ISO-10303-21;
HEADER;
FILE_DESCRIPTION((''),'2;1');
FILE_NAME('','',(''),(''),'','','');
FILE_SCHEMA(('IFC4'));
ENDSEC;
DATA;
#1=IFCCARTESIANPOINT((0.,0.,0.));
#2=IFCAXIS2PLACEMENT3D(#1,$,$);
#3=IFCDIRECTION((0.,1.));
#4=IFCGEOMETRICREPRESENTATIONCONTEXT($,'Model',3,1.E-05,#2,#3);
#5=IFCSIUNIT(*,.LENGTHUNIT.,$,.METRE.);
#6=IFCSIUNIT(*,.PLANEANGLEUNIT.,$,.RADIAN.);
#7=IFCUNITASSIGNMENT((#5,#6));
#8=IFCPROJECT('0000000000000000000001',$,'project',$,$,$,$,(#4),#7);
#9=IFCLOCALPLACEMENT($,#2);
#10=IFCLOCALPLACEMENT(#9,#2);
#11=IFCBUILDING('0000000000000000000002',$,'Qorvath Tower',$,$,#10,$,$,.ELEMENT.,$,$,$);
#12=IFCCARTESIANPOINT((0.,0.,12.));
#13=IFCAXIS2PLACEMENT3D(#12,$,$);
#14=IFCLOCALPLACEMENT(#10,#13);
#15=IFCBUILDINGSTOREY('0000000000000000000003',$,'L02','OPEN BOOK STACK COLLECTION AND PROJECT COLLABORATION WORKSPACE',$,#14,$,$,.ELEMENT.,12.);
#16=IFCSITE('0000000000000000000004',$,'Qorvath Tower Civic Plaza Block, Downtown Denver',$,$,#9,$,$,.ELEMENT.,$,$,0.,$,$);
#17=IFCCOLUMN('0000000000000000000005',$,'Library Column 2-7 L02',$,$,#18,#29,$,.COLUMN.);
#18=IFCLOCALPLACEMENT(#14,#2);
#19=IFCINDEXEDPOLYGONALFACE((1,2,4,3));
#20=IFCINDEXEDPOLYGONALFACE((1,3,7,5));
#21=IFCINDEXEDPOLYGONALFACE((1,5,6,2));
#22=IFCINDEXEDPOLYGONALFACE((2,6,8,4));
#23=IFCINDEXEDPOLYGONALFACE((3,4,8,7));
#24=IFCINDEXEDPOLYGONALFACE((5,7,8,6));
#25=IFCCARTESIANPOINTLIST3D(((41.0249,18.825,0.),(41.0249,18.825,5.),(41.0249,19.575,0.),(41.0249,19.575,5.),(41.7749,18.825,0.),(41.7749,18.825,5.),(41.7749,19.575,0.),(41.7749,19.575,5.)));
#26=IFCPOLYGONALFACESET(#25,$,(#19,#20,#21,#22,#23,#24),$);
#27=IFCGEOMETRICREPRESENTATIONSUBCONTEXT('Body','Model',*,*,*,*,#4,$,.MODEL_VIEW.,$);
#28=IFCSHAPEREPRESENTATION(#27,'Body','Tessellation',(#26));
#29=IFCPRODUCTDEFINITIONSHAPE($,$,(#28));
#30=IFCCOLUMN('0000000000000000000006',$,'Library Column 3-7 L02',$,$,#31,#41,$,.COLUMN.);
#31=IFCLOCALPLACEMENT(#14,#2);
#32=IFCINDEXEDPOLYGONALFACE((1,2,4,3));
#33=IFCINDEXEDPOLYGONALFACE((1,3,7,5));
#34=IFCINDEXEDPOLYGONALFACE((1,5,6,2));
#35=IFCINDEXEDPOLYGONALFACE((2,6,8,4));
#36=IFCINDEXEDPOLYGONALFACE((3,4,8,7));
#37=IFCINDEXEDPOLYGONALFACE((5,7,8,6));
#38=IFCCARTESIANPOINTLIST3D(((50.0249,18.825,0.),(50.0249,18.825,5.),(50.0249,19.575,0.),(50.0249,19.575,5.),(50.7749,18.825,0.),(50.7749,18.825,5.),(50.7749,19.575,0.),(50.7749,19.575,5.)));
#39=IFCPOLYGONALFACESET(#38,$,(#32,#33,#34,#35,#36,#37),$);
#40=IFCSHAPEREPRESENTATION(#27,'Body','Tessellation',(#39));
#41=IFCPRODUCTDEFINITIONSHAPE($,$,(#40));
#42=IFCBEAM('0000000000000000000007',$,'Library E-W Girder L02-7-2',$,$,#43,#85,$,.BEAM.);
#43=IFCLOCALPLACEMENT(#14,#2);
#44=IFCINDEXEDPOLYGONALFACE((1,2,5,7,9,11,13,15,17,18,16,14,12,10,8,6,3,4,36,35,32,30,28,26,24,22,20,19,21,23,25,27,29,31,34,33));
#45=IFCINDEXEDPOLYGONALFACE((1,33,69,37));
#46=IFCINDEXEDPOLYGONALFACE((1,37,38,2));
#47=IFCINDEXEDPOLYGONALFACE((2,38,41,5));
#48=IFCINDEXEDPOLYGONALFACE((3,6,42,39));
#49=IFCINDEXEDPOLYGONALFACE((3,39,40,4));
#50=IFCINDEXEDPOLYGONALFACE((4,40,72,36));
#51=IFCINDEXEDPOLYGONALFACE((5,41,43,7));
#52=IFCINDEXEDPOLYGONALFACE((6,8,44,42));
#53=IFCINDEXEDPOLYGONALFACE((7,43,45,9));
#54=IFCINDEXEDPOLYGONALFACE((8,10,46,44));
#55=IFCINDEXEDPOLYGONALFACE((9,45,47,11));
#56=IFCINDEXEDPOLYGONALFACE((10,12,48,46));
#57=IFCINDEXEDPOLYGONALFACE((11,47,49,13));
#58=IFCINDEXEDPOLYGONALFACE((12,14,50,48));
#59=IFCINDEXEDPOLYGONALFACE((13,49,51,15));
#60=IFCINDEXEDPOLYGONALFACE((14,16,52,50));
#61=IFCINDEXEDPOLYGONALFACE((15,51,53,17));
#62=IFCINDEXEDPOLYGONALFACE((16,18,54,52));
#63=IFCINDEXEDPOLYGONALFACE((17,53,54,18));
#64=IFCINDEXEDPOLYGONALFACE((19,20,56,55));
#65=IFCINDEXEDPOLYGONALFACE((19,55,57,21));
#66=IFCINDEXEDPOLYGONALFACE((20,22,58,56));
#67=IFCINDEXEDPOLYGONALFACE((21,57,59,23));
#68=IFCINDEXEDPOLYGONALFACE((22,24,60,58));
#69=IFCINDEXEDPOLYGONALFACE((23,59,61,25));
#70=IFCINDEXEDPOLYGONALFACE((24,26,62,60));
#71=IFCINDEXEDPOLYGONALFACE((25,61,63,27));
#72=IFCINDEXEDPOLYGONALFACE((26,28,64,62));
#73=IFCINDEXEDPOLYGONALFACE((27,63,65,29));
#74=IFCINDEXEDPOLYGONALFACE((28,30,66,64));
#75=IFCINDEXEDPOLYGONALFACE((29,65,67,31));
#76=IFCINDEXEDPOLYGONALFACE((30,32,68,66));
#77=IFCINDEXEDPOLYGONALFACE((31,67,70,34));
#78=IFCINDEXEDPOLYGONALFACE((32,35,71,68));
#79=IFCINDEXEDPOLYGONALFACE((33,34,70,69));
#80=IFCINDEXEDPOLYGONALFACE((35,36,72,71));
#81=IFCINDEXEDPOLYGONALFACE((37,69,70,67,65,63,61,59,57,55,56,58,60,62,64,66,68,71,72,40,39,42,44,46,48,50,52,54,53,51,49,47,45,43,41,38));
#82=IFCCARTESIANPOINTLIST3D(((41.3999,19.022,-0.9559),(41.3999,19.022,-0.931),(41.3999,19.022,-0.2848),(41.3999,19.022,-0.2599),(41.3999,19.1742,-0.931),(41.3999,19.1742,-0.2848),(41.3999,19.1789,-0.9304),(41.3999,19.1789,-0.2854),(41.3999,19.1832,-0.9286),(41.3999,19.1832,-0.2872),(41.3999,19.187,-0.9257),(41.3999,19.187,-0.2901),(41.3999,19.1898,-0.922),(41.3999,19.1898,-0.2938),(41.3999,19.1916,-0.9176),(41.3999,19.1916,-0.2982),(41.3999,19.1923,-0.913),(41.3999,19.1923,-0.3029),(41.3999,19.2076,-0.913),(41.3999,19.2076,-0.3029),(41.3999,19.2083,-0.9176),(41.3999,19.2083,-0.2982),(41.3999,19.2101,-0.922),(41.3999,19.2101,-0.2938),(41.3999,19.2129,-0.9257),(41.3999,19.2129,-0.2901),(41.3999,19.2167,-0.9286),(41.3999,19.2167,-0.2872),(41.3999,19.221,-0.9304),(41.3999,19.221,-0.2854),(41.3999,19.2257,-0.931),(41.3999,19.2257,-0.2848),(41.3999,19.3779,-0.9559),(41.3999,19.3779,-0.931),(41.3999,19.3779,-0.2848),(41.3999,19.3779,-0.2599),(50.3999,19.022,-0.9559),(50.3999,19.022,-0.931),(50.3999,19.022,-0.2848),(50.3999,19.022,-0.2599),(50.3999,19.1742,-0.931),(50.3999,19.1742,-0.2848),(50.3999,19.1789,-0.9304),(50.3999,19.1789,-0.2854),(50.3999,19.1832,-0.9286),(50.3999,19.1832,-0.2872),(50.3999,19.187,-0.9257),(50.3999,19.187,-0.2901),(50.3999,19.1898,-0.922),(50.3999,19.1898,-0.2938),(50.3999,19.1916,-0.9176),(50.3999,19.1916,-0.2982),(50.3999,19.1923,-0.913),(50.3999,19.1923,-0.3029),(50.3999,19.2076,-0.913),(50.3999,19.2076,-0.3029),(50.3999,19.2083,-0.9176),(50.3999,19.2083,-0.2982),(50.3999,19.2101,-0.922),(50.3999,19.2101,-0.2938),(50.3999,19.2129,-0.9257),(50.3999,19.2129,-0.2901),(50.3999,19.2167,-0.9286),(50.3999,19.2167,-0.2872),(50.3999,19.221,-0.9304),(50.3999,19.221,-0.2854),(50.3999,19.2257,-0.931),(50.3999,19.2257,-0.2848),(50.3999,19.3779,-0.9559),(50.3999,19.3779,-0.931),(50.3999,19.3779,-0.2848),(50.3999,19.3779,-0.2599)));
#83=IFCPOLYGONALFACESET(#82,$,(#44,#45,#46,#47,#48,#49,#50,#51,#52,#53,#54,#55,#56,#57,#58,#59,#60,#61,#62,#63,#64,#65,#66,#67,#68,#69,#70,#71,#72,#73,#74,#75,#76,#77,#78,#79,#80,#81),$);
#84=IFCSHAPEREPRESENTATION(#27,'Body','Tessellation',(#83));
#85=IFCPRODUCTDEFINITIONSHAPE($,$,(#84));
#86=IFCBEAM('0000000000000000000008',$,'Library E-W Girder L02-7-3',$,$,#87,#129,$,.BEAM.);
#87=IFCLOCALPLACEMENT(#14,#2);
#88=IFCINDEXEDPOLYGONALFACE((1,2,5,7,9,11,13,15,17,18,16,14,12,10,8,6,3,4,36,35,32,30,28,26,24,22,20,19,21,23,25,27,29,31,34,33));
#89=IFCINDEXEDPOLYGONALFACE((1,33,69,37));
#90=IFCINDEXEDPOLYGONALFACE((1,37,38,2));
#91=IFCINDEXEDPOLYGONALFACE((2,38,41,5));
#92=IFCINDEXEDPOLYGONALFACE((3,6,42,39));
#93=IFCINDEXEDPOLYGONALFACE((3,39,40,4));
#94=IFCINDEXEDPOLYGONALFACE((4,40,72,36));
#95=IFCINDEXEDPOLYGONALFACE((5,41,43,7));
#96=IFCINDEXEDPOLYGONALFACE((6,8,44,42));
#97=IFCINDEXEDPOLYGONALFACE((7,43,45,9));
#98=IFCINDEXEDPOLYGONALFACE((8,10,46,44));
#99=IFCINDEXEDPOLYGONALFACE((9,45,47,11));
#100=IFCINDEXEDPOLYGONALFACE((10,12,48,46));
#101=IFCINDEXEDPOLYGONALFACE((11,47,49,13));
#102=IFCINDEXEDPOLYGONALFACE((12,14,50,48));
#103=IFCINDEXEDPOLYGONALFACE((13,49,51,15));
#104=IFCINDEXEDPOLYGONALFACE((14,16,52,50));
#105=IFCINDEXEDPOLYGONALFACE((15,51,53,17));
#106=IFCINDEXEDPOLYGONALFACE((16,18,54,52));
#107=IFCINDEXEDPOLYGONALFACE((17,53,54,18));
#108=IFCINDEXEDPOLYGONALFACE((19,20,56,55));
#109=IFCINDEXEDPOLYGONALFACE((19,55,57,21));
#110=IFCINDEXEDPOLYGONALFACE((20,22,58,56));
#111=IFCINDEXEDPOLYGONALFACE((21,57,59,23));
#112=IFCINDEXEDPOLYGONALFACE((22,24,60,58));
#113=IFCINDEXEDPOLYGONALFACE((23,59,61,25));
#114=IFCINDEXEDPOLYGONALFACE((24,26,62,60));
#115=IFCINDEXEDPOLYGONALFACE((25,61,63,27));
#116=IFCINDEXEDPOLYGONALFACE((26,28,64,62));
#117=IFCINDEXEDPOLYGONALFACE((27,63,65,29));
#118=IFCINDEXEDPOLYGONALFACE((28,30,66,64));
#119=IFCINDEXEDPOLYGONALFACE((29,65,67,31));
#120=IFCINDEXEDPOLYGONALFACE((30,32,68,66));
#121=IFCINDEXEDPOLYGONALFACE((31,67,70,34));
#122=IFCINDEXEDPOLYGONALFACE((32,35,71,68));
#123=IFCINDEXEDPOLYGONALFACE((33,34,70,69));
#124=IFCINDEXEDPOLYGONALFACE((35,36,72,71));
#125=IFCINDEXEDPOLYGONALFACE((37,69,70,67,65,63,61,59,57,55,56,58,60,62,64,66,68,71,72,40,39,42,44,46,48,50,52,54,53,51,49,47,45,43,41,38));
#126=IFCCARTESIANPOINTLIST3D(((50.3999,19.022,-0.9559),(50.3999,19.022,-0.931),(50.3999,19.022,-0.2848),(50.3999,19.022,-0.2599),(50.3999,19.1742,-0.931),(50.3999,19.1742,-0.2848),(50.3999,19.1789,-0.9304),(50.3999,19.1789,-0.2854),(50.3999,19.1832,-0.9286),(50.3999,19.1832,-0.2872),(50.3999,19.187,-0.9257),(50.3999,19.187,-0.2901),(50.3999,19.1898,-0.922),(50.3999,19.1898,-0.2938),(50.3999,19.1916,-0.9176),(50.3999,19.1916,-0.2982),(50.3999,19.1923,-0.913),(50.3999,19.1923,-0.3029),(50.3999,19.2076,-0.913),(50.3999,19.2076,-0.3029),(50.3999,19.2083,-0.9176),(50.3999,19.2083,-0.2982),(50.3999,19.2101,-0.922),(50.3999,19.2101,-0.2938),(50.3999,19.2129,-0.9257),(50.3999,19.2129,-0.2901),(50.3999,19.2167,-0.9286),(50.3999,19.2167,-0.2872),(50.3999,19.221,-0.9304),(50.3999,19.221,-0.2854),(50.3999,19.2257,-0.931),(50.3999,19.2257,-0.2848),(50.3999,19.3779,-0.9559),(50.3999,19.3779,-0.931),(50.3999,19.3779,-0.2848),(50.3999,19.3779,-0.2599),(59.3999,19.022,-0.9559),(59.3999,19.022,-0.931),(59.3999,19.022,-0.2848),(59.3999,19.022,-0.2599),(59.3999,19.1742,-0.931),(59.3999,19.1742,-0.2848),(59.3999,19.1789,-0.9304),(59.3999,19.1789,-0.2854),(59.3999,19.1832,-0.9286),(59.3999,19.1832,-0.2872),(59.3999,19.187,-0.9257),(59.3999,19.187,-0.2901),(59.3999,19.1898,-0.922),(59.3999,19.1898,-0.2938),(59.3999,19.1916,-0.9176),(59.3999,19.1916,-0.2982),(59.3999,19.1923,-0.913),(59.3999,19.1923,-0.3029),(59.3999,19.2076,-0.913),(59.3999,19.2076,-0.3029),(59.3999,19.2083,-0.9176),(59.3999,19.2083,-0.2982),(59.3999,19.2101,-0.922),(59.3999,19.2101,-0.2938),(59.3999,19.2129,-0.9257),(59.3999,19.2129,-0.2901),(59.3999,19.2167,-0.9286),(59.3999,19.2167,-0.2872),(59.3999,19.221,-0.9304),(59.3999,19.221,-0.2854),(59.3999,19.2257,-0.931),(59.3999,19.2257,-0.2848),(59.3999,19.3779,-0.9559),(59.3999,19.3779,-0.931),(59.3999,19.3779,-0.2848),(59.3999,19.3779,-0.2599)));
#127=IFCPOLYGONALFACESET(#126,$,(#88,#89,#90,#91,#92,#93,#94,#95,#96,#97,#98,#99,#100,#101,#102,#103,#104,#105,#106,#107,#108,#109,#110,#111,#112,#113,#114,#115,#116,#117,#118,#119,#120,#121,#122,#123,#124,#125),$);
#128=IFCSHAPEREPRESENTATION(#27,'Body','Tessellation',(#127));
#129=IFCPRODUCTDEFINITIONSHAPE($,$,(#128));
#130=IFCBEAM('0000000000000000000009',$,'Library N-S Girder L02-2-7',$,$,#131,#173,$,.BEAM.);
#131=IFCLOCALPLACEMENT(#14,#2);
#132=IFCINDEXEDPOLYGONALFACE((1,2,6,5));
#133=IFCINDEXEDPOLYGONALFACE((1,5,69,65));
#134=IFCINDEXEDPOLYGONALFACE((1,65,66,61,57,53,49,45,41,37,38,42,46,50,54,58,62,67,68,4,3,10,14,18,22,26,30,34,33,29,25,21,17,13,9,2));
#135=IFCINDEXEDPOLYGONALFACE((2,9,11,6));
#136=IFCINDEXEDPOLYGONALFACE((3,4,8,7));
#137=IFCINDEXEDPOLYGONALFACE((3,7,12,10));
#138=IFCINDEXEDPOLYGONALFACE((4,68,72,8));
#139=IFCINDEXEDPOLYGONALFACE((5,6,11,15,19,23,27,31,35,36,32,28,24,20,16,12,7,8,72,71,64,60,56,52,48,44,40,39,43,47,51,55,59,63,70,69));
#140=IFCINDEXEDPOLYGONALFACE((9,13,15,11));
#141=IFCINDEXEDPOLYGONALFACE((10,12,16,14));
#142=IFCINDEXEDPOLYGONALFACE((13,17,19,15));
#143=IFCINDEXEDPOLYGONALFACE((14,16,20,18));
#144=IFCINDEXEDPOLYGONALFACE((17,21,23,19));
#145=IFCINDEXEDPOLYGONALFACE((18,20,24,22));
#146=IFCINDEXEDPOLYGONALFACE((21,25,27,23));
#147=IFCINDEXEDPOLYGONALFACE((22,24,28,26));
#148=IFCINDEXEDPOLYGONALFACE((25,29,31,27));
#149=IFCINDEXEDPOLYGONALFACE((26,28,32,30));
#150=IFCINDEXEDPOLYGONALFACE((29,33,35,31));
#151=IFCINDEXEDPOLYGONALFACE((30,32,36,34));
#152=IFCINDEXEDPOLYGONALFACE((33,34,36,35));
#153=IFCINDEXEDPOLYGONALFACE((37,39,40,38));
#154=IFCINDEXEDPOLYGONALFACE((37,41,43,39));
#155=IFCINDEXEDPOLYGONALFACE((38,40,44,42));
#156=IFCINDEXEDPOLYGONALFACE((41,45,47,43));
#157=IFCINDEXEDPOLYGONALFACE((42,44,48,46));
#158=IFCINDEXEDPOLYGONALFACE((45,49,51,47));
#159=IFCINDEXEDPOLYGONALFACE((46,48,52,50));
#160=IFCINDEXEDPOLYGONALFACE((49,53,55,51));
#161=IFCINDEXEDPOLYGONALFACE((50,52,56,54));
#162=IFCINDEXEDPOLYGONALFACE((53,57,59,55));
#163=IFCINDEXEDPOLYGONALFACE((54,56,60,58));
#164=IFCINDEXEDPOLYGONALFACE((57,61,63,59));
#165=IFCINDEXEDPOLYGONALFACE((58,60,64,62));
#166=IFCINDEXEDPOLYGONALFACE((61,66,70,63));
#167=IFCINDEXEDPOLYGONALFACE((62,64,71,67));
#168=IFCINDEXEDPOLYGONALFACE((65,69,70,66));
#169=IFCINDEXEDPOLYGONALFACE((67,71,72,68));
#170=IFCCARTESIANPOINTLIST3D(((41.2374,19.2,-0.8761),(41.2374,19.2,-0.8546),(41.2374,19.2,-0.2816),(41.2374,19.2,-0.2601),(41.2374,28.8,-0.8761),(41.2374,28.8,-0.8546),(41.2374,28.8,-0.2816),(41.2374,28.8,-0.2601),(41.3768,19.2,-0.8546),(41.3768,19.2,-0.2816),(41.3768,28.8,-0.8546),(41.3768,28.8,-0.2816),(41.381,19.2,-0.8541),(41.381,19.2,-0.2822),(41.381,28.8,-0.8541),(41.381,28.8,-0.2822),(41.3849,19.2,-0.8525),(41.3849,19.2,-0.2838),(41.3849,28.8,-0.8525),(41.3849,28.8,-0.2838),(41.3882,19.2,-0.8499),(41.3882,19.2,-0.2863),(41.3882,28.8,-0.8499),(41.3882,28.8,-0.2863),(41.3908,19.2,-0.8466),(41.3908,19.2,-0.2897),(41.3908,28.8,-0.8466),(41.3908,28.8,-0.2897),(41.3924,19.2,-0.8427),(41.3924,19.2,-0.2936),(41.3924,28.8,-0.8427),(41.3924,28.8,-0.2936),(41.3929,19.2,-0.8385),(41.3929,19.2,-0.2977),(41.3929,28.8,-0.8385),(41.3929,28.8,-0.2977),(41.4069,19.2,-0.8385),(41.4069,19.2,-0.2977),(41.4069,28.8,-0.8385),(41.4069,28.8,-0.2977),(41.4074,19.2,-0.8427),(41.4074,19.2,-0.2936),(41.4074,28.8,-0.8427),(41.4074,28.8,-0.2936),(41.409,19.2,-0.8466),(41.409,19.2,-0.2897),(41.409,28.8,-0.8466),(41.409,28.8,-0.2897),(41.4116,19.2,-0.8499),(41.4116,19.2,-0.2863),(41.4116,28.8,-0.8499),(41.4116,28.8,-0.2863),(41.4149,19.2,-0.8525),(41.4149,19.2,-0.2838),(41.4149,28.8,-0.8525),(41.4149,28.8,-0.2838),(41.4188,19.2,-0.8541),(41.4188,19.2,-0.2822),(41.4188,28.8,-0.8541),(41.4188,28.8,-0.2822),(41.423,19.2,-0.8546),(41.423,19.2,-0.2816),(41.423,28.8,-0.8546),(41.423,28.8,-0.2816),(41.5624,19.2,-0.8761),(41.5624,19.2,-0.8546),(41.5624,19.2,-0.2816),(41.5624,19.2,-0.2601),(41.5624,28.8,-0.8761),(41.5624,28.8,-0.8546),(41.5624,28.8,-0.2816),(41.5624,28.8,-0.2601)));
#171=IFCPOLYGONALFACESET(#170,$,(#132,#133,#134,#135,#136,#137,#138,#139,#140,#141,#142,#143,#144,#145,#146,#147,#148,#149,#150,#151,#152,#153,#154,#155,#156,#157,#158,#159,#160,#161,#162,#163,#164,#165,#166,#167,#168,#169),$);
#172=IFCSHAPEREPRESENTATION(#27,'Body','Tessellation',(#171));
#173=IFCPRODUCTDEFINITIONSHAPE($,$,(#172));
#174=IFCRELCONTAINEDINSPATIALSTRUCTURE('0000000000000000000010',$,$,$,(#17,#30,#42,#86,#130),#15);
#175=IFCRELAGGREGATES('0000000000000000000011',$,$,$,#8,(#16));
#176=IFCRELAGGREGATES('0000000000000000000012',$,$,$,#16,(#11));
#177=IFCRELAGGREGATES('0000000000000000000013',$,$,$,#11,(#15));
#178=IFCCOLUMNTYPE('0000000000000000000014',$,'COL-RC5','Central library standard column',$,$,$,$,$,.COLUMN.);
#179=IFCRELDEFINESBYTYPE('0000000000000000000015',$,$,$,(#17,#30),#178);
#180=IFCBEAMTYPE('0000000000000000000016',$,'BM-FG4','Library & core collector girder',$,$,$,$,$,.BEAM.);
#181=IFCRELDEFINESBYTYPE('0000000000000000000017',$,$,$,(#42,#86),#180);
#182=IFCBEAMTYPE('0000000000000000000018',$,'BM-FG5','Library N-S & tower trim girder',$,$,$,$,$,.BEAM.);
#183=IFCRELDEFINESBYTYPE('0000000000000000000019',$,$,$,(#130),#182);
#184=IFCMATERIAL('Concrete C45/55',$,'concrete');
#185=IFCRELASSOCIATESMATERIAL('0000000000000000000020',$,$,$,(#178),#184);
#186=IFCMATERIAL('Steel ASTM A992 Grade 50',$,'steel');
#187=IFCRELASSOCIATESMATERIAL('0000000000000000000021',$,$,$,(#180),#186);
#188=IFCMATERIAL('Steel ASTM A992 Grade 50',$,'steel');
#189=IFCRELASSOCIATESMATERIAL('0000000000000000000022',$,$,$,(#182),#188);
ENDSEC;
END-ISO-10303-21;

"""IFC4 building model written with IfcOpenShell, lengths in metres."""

from ifc_helpers import new_model, si_unit, direction, frame, origin, origin_2d, place, context, subcontext, project, spatial, rectangle, i_section, extrude, material, material_profile, profile_set, type_object, element, save


model = new_model("IFC4")

# Units and contexts
model_context = context("Model", 3, precision=1e-05, world=origin(), true_north=direction((0.0, 1.0)))
body_context = subcontext(model_context, "Body", "Model", "MODEL_VIEW")
ifc_project = project(units=[si_unit("LENGTHUNIT", "METRE"), si_unit("PLANEANGLEUNIT", "RADIAN")], contexts=[model_context])

# Site, building, storey
site_placement = place(None, origin())
site = spatial("IfcSite", under=ifc_project, at=site_placement, Name="Qorvath Tower Civic Plaza Block, Downtown Denver", CompositionType="ELEMENT", RefElevation=0.0)
building_placement = place(site_placement, origin())
building = spatial("IfcBuilding", under=site, at=building_placement, Name="Qorvath Tower", CompositionType="ELEMENT")
storey_placement = place(building_placement, frame((0.0, 0.0, 12.0)))
storey = spatial("IfcBuildingStorey", under=building, at=storey_placement, Name="L02", Description="OPEN BOOK STACK COLLECTION AND PROJECT COLLABORATION WORKSPACE", CompositionType="ELEMENT", Elevation=12.0)

# Columns
ifc_material_1 = material(Name="Concrete C45/55", Category="concrete")
ifc_material_profile_1 = material_profile(ifc_material_1, rectangle(XDim=0.75, YDim=0.75, at=origin_2d()), Name="RC 750x750")
ifc_profile_set_1 = profile_set([ifc_material_profile_1], Name="Concrete C45/55")
column_type = type_object("IfcColumnType", Name="COL-RC5", Description="Central library standard column", PredefinedType="COLUMN", material=ifc_profile_set_1)
for number, where, z_axis, x_axis, name in (
    (1, (41.3999, 19.2, 0.0), (0.0, 0.0, 1.0), (1.0, 0.0, 0.0), "Library Column 2-7 L02"),
    (2, (50.3999, 19.2, 0.0), (0.0, 0.0, 1.0), (1.0, 0.0, 0.0), "Library Column 3-7 L02"),
):
    element("IfcColumn", number, at=place(storey_placement, frame(where, z_axis=z_axis, x_axis=x_axis)), inside=storey, type_object=column_type, Name=name, PredefinedType="COLUMN", context=body_context, shape_type="SweptSolid", body=[
        extrude(rectangle(XDim=0.75, YDim=0.75, at=origin_2d()), origin(), (0.0, 0.0, 1.0), 5.0),
    ])

# Beams
ifc_material_2 = material(Name="Steel ASTM A992 Grade 50", Category="steel")
ifc_material_profile_2 = material_profile(ifc_material_2, i_section(OverallWidth=0.356, OverallDepth=0.696, WebThickness=0.0154, FlangeThickness=0.0249, FilletRadius=0.0181, at=origin_2d()), Name="W27x146")
ifc_profile_set_2 = profile_set([ifc_material_profile_2], Name="Steel ASTM A992 Grade 50")
beam_type_1 = type_object("IfcBeamType", Name="BM-FG4", Description="Library & core collector girder", PredefinedType="BEAM", material=ifc_profile_set_2)
for number, where, z_axis, x_axis, name in (
    (3, (41.3999, 19.2, -0.6079), (1.0, 0.0, 0.0), (0.0, 1.0, 0.0), "Library E-W Girder L02-7-2"),
    (4, (50.3999, 19.2, -0.6079), (1.0, 0.0, 0.0), (0.0, 1.0, 0.0), "Library E-W Girder L02-7-3"),
):
    element("IfcBeam", number, at=place(storey_placement, frame(where, z_axis=z_axis, x_axis=x_axis)), inside=storey, type_object=beam_type_1, Name=name, PredefinedType="BEAM", context=body_context, shape_type="SweptSolid", body=[
        extrude(i_section(OverallWidth=0.356, OverallDepth=0.696, WebThickness=0.0154, FlangeThickness=0.0249, FilletRadius=0.0181, at=origin_2d()), origin(), (0.0, 0.0, 1.0), 9.0),
    ])
ifc_material_3 = material(Name="Steel ASTM A992 Grade 50", Category="steel")
ifc_material_profile_3 = material_profile(ifc_material_3, i_section(OverallWidth=0.325, OverallDepth=0.616, WebThickness=0.0139, FlangeThickness=0.0215, FilletRadius=0.0161, at=origin_2d()), Name="W24x117")
ifc_profile_set_3 = profile_set([ifc_material_profile_3], Name="Steel ASTM A992 Grade 50")
beam_type_2 = type_object("IfcBeamType", Name="BM-FG5", Description="Library N-S & tower trim girder", PredefinedType="BEAM", material=ifc_profile_set_3)
for number, where, z_axis, x_axis, name in (
    (5, (41.3999, 19.2, -0.5681), (0.0, 1.0, 0.0), (-1.0, 0.0, 0.0), "Library N-S Girder L02-2-7"),
):
    element("IfcBeam", number, at=place(storey_placement, frame(where, z_axis=z_axis, x_axis=x_axis)), inside=storey, type_object=beam_type_2, Name=name, PredefinedType="BEAM", context=body_context, shape_type="SweptSolid", body=[
        extrude(i_section(OverallWidth=0.325, OverallDepth=0.616, WebThickness=0.0139, FlangeThickness=0.0215, FilletRadius=0.0161, at=origin_2d()), origin(), (0.0, 0.0, 1.0), 9.6001),
    ])

save(model, "model.ifc")
